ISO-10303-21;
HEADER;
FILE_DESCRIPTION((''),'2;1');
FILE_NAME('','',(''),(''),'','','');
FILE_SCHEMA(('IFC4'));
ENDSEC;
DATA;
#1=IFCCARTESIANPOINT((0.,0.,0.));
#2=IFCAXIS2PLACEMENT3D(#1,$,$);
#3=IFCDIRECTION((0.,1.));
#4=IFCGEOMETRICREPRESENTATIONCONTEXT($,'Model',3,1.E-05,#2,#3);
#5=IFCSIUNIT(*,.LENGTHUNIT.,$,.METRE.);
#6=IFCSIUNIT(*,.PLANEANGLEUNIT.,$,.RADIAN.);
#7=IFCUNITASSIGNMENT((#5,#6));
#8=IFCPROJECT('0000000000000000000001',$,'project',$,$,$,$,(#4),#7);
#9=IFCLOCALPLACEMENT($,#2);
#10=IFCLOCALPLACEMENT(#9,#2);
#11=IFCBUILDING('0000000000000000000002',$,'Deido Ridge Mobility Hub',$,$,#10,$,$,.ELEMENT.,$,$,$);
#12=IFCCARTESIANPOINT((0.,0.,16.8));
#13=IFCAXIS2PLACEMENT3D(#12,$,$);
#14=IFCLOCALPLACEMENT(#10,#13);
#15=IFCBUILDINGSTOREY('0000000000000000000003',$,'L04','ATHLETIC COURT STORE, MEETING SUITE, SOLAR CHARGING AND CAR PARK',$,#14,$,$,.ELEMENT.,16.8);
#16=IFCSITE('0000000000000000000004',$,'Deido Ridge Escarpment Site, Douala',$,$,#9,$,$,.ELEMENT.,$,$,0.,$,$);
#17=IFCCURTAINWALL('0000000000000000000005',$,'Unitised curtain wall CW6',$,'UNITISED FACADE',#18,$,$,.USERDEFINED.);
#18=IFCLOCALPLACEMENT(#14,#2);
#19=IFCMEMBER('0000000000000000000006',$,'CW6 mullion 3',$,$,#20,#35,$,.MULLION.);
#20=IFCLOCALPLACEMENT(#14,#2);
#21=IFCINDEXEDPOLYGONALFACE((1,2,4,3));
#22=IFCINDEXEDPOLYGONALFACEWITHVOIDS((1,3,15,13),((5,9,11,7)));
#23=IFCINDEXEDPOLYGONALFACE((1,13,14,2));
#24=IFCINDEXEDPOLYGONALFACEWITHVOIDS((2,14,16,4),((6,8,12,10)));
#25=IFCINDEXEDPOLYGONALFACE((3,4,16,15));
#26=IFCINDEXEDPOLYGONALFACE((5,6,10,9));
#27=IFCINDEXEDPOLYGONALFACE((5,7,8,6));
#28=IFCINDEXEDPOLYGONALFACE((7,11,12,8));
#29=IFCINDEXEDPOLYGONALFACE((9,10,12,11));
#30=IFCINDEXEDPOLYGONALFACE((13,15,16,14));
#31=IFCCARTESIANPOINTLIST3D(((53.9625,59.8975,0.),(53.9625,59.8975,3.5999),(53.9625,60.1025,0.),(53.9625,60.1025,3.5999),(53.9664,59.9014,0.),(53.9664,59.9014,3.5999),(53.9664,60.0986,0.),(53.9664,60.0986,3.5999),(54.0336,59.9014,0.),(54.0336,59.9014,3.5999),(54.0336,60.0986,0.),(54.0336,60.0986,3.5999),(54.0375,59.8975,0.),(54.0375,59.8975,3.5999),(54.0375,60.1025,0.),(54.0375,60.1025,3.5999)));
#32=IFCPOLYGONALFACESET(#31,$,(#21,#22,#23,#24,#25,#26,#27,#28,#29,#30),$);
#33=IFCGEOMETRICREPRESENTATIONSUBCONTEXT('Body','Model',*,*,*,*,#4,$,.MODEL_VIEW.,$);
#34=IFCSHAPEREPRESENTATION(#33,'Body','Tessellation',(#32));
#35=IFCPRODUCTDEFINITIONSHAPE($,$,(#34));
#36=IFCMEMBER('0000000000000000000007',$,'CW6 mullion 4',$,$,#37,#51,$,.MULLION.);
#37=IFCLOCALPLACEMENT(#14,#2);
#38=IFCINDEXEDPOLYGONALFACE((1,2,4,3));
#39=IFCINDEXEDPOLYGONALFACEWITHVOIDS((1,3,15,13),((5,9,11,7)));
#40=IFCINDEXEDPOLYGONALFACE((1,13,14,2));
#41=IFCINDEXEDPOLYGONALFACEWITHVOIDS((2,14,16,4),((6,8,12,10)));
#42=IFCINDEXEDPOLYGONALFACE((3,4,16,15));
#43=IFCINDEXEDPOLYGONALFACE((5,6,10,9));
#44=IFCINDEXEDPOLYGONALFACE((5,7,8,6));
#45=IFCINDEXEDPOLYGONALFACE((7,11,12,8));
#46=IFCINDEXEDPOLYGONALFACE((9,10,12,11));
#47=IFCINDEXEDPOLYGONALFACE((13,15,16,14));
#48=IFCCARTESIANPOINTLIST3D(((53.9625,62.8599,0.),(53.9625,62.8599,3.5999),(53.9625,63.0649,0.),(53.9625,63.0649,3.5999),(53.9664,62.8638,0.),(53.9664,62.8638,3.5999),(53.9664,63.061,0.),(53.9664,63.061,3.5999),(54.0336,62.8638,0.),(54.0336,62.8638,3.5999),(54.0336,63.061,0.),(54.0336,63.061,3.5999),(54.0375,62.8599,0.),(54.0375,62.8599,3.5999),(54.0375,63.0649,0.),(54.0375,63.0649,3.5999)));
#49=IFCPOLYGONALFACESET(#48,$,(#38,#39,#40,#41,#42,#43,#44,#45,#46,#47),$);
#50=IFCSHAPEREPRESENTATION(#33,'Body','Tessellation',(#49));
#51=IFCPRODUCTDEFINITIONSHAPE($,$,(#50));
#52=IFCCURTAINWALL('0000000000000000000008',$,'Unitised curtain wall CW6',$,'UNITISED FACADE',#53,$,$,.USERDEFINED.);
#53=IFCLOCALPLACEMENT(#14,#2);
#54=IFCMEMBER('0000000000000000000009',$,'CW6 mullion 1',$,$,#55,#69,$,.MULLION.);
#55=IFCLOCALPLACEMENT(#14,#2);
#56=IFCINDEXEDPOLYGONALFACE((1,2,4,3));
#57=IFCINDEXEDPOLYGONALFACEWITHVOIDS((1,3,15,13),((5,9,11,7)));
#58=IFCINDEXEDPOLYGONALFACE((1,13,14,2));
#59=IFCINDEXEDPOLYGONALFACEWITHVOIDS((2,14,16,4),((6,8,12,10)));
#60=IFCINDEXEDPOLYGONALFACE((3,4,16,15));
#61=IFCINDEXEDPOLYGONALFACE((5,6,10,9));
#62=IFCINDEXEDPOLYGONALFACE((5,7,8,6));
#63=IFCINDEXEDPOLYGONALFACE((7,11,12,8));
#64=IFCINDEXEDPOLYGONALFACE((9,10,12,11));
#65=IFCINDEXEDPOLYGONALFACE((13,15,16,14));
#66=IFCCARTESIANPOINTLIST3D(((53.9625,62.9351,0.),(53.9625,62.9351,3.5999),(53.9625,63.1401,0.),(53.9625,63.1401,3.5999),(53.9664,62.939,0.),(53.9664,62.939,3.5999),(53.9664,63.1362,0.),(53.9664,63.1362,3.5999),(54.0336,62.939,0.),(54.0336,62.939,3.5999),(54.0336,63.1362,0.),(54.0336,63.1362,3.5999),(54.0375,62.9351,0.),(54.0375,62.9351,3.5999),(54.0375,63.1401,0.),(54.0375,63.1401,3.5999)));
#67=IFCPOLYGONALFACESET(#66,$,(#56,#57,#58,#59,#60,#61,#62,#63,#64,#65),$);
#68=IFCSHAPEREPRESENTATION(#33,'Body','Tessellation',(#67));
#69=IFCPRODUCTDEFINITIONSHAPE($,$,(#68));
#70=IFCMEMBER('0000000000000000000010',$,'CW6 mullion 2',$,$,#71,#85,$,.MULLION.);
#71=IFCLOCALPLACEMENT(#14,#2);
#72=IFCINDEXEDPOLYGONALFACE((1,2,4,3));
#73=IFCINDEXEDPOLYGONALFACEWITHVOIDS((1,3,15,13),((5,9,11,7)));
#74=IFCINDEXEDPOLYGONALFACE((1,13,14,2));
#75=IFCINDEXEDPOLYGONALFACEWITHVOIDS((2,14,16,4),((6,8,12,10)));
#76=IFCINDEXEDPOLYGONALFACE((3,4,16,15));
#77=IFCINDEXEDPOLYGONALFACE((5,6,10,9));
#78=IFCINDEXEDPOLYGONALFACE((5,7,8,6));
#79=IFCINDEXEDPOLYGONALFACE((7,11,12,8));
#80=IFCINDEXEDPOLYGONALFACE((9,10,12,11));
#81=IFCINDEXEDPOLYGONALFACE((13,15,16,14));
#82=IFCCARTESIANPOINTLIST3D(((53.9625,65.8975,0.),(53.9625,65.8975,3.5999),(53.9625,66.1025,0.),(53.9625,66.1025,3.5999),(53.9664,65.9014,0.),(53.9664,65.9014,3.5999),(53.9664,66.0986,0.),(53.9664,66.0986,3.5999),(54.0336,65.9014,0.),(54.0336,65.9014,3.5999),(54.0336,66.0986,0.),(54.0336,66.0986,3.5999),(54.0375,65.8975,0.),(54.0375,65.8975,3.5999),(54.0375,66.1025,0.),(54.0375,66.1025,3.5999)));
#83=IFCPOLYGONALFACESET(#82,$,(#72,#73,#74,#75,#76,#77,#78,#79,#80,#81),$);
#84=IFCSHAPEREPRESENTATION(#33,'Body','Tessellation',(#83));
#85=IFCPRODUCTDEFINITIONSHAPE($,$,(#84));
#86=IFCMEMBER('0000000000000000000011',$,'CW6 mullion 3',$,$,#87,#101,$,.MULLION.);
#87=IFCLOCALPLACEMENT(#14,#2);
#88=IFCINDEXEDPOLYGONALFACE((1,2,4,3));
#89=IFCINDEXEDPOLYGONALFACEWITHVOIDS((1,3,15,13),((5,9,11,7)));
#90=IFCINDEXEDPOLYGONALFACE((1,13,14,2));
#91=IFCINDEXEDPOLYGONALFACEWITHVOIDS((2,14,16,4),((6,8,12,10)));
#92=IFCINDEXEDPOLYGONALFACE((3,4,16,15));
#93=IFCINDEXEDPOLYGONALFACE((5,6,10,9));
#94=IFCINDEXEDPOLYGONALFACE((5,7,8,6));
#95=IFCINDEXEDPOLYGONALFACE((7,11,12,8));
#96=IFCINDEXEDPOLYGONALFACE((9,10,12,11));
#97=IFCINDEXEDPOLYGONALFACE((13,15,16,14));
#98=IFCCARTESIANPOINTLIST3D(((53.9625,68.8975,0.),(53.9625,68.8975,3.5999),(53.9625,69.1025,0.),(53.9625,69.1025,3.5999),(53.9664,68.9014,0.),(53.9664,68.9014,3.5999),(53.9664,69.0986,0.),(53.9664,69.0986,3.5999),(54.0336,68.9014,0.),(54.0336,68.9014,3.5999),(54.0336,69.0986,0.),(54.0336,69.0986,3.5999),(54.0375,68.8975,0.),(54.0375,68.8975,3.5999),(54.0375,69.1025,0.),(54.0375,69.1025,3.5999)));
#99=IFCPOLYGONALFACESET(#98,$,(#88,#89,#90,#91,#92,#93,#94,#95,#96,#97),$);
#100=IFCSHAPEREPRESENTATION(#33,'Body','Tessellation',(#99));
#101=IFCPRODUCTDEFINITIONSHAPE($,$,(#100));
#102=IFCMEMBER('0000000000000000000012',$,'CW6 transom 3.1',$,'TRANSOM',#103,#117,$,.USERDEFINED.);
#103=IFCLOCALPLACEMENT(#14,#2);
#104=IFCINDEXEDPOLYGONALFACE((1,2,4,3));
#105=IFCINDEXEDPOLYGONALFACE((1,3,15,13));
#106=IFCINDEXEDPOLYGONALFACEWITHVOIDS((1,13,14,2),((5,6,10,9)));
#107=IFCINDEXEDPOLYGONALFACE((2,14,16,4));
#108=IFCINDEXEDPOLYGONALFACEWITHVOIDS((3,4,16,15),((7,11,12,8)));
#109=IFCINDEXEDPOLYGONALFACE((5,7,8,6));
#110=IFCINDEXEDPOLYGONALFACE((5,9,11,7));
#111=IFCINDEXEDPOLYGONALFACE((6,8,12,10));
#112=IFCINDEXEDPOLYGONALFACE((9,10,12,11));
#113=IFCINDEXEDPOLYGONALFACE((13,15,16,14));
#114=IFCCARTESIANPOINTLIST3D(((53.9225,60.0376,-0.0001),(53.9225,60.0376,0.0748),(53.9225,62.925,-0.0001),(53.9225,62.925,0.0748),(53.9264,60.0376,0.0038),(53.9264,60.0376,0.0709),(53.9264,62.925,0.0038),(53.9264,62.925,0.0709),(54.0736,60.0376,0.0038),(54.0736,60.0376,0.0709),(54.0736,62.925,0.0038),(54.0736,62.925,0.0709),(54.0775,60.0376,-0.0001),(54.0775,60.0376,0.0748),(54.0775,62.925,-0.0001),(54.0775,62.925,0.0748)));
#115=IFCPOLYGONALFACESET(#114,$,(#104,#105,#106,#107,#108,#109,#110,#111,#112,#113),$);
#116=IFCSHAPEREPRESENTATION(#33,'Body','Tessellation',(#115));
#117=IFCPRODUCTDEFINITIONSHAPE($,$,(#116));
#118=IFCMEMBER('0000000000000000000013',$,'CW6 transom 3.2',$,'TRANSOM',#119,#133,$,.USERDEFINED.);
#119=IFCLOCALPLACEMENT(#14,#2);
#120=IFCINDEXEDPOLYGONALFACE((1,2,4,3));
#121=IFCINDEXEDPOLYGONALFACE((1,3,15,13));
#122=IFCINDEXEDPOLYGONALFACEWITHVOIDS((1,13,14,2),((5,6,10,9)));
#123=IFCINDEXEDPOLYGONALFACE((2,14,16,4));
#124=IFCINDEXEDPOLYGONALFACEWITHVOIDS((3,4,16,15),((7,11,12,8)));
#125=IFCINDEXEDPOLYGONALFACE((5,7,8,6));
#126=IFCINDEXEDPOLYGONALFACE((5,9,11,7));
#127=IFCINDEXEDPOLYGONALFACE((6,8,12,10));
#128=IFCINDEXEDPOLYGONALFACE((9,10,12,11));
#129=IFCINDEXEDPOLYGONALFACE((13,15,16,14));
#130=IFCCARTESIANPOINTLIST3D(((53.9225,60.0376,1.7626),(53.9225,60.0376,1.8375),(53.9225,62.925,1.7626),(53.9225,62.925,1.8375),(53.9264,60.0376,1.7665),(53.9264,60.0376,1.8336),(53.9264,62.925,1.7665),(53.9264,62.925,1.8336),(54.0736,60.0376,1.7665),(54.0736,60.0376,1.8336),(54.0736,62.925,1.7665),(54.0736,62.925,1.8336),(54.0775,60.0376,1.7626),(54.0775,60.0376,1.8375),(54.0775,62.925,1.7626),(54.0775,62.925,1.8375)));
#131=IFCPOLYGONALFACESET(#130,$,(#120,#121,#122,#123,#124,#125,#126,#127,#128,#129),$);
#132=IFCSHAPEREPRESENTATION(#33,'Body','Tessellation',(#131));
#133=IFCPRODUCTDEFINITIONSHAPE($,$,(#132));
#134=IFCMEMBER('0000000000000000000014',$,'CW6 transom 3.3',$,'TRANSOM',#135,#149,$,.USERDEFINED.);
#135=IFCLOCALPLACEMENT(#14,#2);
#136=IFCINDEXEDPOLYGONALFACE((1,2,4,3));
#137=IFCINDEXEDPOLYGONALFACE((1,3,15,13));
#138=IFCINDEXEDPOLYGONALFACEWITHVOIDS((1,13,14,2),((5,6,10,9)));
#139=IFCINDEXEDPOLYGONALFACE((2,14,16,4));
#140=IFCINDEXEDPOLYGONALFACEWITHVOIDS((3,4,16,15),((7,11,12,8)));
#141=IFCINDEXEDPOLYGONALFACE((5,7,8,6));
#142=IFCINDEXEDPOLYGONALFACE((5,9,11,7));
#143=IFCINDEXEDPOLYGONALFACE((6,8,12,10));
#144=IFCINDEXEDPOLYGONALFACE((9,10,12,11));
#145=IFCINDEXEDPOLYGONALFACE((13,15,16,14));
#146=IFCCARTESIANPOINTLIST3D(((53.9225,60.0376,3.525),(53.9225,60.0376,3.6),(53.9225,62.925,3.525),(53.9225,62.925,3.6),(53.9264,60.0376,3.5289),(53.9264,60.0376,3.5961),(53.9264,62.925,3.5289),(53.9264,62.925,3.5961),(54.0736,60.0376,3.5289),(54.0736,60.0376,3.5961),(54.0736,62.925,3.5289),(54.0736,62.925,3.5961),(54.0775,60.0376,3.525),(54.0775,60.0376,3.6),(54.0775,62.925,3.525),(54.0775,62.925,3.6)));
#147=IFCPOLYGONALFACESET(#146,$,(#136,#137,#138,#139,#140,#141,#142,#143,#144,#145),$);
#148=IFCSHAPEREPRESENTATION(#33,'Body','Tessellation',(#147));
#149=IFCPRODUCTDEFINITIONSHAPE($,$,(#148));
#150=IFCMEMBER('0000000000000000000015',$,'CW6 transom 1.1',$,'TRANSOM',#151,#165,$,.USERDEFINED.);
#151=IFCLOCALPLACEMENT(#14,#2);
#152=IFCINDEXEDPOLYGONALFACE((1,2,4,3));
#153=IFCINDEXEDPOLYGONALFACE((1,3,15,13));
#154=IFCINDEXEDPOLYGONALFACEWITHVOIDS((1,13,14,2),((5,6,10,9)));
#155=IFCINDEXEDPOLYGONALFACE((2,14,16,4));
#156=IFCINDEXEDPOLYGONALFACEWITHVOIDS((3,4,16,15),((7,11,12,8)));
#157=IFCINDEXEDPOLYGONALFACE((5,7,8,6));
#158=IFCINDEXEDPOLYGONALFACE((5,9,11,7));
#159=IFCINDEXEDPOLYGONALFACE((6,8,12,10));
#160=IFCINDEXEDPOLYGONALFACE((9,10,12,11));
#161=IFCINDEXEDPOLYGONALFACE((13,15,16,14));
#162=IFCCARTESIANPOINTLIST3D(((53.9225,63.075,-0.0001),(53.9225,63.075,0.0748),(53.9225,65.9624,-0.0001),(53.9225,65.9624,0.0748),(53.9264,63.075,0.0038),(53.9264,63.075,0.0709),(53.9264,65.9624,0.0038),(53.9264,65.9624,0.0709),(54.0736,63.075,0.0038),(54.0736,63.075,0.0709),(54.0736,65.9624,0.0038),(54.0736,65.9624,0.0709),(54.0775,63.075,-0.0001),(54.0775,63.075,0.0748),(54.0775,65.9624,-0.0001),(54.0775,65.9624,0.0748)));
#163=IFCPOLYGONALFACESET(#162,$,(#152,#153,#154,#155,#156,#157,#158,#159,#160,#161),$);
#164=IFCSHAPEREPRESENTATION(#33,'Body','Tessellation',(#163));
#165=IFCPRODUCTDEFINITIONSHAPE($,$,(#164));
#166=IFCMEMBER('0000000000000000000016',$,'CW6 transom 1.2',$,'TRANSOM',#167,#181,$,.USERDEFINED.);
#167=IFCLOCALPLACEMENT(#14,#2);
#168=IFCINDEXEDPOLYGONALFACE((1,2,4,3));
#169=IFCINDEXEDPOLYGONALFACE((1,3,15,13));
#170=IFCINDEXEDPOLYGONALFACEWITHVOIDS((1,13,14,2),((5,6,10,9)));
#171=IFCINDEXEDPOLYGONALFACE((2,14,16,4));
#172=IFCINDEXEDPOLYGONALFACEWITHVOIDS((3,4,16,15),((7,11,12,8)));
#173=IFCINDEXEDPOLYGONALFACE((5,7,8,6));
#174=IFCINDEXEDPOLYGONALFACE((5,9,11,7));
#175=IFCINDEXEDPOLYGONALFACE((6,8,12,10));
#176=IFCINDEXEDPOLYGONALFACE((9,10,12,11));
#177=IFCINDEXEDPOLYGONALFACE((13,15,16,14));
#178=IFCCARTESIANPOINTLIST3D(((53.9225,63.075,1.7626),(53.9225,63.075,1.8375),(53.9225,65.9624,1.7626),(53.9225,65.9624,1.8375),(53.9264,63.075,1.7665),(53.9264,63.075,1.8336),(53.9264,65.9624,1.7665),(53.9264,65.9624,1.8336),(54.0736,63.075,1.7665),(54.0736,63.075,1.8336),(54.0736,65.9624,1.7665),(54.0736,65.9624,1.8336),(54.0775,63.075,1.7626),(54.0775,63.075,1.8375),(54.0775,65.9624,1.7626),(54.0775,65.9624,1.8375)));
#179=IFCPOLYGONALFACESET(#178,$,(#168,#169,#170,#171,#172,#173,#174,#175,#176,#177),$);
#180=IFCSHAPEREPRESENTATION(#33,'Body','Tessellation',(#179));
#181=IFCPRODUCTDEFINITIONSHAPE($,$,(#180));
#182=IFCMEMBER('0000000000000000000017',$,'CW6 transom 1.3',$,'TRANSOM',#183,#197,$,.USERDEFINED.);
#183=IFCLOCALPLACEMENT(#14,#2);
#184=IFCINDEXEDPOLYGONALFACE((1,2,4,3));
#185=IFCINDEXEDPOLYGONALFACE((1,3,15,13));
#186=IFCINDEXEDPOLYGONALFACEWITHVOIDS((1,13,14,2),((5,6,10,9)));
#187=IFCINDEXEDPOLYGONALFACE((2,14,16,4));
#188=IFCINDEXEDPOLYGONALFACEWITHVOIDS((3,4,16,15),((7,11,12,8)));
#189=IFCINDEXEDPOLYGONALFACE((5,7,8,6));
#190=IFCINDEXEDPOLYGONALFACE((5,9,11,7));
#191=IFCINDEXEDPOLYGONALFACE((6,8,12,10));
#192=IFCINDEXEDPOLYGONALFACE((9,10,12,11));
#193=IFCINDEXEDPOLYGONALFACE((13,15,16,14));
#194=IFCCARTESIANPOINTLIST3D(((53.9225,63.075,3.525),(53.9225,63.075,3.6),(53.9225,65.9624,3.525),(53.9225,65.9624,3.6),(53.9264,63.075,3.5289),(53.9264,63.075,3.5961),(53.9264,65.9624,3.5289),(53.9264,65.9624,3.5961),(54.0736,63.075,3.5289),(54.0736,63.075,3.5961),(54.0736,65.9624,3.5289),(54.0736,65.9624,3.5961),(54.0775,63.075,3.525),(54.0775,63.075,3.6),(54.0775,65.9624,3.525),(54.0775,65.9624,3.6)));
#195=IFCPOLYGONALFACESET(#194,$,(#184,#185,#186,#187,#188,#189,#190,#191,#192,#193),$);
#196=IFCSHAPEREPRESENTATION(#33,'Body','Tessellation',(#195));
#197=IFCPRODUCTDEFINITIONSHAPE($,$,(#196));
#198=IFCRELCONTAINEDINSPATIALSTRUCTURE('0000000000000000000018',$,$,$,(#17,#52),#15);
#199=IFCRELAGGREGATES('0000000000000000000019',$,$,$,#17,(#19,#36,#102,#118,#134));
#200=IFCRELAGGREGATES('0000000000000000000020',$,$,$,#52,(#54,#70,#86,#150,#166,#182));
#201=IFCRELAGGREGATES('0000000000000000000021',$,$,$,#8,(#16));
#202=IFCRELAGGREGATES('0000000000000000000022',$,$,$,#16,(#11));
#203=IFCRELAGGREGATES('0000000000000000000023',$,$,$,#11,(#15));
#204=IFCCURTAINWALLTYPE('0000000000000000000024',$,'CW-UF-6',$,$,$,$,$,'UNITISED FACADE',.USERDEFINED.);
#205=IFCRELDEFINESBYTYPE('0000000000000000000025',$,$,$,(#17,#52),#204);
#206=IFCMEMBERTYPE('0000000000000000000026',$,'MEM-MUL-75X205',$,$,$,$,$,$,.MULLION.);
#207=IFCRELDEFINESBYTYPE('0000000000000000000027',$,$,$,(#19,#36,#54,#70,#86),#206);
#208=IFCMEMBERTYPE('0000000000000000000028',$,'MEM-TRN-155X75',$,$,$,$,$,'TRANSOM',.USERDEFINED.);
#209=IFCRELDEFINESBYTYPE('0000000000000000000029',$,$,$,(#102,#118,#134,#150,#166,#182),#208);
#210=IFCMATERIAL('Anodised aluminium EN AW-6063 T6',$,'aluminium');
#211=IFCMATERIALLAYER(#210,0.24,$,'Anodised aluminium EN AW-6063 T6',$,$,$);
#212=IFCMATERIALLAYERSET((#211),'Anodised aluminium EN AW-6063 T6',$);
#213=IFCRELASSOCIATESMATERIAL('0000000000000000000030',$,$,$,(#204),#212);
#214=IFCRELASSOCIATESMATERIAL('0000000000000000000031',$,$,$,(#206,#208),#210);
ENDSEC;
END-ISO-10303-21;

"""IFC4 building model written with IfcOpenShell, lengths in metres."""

from ifc_helpers import new_model, si_unit, direction, frame, origin, origin_2d, place, context, subcontext, project, spatial, hollow_rectangle, extrude, material, layer, layer_set, material_profile, profile_set, type_object, element, aggregate, save


model = new_model("IFC4")

# Units and contexts
model_context = context("Model", 3, precision=1e-05, world=origin(), true_north=direction((0.0, 1.0)))
body_context = subcontext(model_context, "Body", "Model", "MODEL_VIEW")
ifc_project = project(units=[si_unit("LENGTHUNIT", "METRE"), si_unit("PLANEANGLEUNIT", "RADIAN")], contexts=[model_context])

# Site, building, storey
site_placement = place(None, origin())
site = spatial("IfcSite", under=ifc_project, at=site_placement, Name="Deido Ridge Escarpment Site, Douala", CompositionType="ELEMENT", RefElevation=0.0)
building_placement = place(site_placement, origin())
building = spatial("IfcBuilding", under=site, at=building_placement, Name="Deido Ridge Mobility Hub", CompositionType="ELEMENT")
storey_placement = place(building_placement, frame((0.0, 0.0, 16.8)))
storey = spatial("IfcBuildingStorey", under=building, at=storey_placement, Name="L04", Description="ATHLETIC COURT STORE, MEETING SUITE, SOLAR CHARGING AND CAR PARK", CompositionType="ELEMENT", Elevation=16.8)

# Curtain walls, members
ifc_material_1 = material(Name="Anodised aluminium EN AW-6063 T6", Category="aluminium")
ifc_layer_1 = layer(ifc_material_1, 0.24, Name="Anodised aluminium EN AW-6063 T6")
ifc_layer_set_1 = layer_set([ifc_layer_1], Name="Anodised aluminium EN AW-6063 T6")
curtain_wall_type = type_object("IfcCurtainWallType", Name="CW-UF-6", ElementType="UNITISED FACADE", PredefinedType="USERDEFINED", material=ifc_layer_set_1)
curtain_wall_1_placement = place(storey_placement, origin())
curtain_wall_1 = element("IfcCurtainWall", 1, at=curtain_wall_1_placement, inside=storey, type_object=curtain_wall_type, Name="Unitised curtain wall CW6", ObjectType="UNITISED FACADE", PredefinedType="USERDEFINED")
ifc_material_profile_1 = material_profile(ifc_material_1, hollow_rectangle(XDim=0.075, YDim=0.2051, WallThickness=0.0039, at=origin_2d()), Name="RHS 75x205x4")
ifc_profile_set_1 = profile_set([ifc_material_profile_1], Name="Anodised aluminium EN AW-6063 T6")
member_type_1 = type_object("IfcMemberType", Name="MEM-MUL-75X205", PredefinedType="MULLION", material=ifc_profile_set_1)
member_1_placement = place(storey_placement, frame((54.0, 60.0, 0.0), z_axis=(0.0, 0.0, 1.0), x_axis=(-1.0, 0.0, 0.0)))
member_1 = element("IfcMember", 2, at=member_1_placement, type_object=member_type_1, Name="CW6 mullion 3", PredefinedType="MULLION", context=body_context, shape_type="SweptSolid", body=[
    extrude(hollow_rectangle(XDim=0.075, YDim=0.2051, WallThickness=0.0039, at=origin_2d()), origin(), (0.0, 0.0, 1.0), 3.5999),
])
member_2_placement = place(storey_placement, frame((54.0, 62.9624, 0.0), z_axis=(0.0, 0.0, 1.0), x_axis=(-1.0, 0.0, 0.0)))
member_2 = element("IfcMember", 3, at=member_2_placement, type_object=member_type_1, Name="CW6 mullion 4", PredefinedType="MULLION", context=body_context, shape_type="SweptSolid", body=[
    extrude(hollow_rectangle(XDim=0.075, YDim=0.2051, WallThickness=0.0039, at=origin_2d()), origin(), (0.0, 0.0, 1.0), 3.5999),
])
curtain_wall_2_placement = place(storey_placement, origin())
curtain_wall_2 = element("IfcCurtainWall", 4, at=curtain_wall_2_placement, inside=storey, type_object=curtain_wall_type, Name="Unitised curtain wall CW6", ObjectType="UNITISED FACADE", PredefinedType="USERDEFINED")
member_3_placement = place(storey_placement, frame((54.0, 63.0376, 0.0), z_axis=(0.0, 0.0, 1.0), x_axis=(-1.0, 0.0, 0.0)))
member_3 = element("IfcMember", 5, at=member_3_placement, type_object=member_type_1, Name="CW6 mullion 1", PredefinedType="MULLION", context=body_context, shape_type="SweptSolid", body=[
    extrude(hollow_rectangle(XDim=0.075, YDim=0.2051, WallThickness=0.0039, at=origin_2d()), origin(), (0.0, 0.0, 1.0), 3.5999),
])
member_4_placement = place(storey_placement, frame((54.0, 66.0, 0.0), z_axis=(0.0, 0.0, 1.0), x_axis=(-1.0, 0.0, 0.0)))
member_4 = element("IfcMember", 6, at=member_4_placement, type_object=member_type_1, Name="CW6 mullion 2", PredefinedType="MULLION", context=body_context, shape_type="SweptSolid", body=[
    extrude(hollow_rectangle(XDim=0.075, YDim=0.2051, WallThickness=0.0039, at=origin_2d()), origin(), (0.0, 0.0, 1.0), 3.5999),
])
member_5_placement = place(storey_placement, frame((54.0, 69.0, 0.0), z_axis=(0.0, 0.0, 1.0), x_axis=(-1.0, 0.0, 0.0)))
member_5 = element("IfcMember", 7, at=member_5_placement, type_object=member_type_1, Name="CW6 mullion 3", PredefinedType="MULLION", context=body_context, shape_type="SweptSolid", body=[
    extrude(hollow_rectangle(XDim=0.075, YDim=0.2051, WallThickness=0.0039, at=origin_2d()), origin(), (0.0, 0.0, 1.0), 3.5999),
])

# Members
ifc_material_profile_2 = material_profile(ifc_material_1, hollow_rectangle(XDim=0.155, YDim=0.075, WallThickness=0.0039, at=origin_2d()), Name="RHS 155x75x4")
ifc_profile_set_2 = profile_set([ifc_material_profile_2], Name="Anodised aluminium EN AW-6063 T6")
member_type_2 = type_object("IfcMemberType", Name="MEM-TRN-155X75", ElementType="TRANSOM", PredefinedType="USERDEFINED", material=ifc_profile_set_2)
member_6_placement = place(storey_placement, frame((54.0, 60.0376, 0.0374), z_axis=(0.0, 1.0, 0.0), x_axis=(-1.0, 0.0, 0.0)))
member_6 = element("IfcMember", 8, at=member_6_placement, type_object=member_type_2, Name="CW6 transom 3.1", ObjectType="TRANSOM", PredefinedType="USERDEFINED", context=body_context, shape_type="SweptSolid", body=[
    extrude(hollow_rectangle(XDim=0.155, YDim=0.075, WallThickness=0.0039, at=origin_2d()), origin(), (0.0, 0.0, 1.0), 2.8875),
])
member_7_placement = place(storey_placement, frame((54.0, 60.0376, 1.8), z_axis=(0.0, 1.0, 0.0), x_axis=(-1.0, 0.0, 0.0)))
member_7 = element("IfcMember", 9, at=member_7_placement, type_object=member_type_2, Name="CW6 transom 3.2", ObjectType="TRANSOM", PredefinedType="USERDEFINED", context=body_context, shape_type="SweptSolid", body=[
    extrude(hollow_rectangle(XDim=0.155, YDim=0.075, WallThickness=0.0039, at=origin_2d()), origin(), (0.0, 0.0, 1.0), 2.8875),
])
member_8_placement = place(storey_placement, frame((54.0, 60.0376, 3.5625), z_axis=(0.0, 1.0, 0.0), x_axis=(-1.0, 0.0, 0.0)))
member_8 = element("IfcMember", 10, at=member_8_placement, type_object=member_type_2, Name="CW6 transom 3.3", ObjectType="TRANSOM", PredefinedType="USERDEFINED", context=body_context, shape_type="SweptSolid", body=[
    extrude(hollow_rectangle(XDim=0.155, YDim=0.075, WallThickness=0.0039, at=origin_2d()), origin(), (0.0, 0.0, 1.0), 2.8875),
])
member_9_placement = place(storey_placement, frame((54.0, 63.075, 0.0374), z_axis=(0.0, 1.0, 0.0), x_axis=(-1.0, 0.0, 0.0)))
member_9 = element("IfcMember", 11, at=member_9_placement, type_object=member_type_2, Name="CW6 transom 1.1", ObjectType="TRANSOM", PredefinedType="USERDEFINED", context=body_context, shape_type="SweptSolid", body=[
    extrude(hollow_rectangle(XDim=0.155, YDim=0.075, WallThickness=0.0039, at=origin_2d()), origin(), (0.0, 0.0, 1.0), 2.8875),
])
member_10_placement = place(storey_placement, frame((54.0, 63.075, 1.8), z_axis=(0.0, 1.0, 0.0), x_axis=(-1.0, 0.0, 0.0)))
member_10 = element("IfcMember", 12, at=member_10_placement, type_object=member_type_2, Name="CW6 transom 1.2", ObjectType="TRANSOM", PredefinedType="USERDEFINED", context=body_context, shape_type="SweptSolid", body=[
    extrude(hollow_rectangle(XDim=0.155, YDim=0.075, WallThickness=0.0039, at=origin_2d()), origin(), (0.0, 0.0, 1.0), 2.8875),
])
member_11_placement = place(storey_placement, frame((54.0, 63.075, 3.5625), z_axis=(0.0, 1.0, 0.0), x_axis=(-1.0, 0.0, 0.0)))
member_11 = element("IfcMember", 13, at=member_11_placement, type_object=member_type_2, Name="CW6 transom 1.3", ObjectType="TRANSOM", PredefinedType="USERDEFINED", context=body_context, shape_type="SweptSolid", body=[
    extrude(hollow_rectangle(XDim=0.155, YDim=0.075, WallThickness=0.0039, at=origin_2d()), origin(), (0.0, 0.0, 1.0), 2.8875),
])

aggregate(curtain_wall_1, [member_1, member_2, member_6, member_7, member_8])
aggregate(curtain_wall_2, [member_3, member_4, member_5, member_9, member_10, member_11])

save(model, "model.ifc")
